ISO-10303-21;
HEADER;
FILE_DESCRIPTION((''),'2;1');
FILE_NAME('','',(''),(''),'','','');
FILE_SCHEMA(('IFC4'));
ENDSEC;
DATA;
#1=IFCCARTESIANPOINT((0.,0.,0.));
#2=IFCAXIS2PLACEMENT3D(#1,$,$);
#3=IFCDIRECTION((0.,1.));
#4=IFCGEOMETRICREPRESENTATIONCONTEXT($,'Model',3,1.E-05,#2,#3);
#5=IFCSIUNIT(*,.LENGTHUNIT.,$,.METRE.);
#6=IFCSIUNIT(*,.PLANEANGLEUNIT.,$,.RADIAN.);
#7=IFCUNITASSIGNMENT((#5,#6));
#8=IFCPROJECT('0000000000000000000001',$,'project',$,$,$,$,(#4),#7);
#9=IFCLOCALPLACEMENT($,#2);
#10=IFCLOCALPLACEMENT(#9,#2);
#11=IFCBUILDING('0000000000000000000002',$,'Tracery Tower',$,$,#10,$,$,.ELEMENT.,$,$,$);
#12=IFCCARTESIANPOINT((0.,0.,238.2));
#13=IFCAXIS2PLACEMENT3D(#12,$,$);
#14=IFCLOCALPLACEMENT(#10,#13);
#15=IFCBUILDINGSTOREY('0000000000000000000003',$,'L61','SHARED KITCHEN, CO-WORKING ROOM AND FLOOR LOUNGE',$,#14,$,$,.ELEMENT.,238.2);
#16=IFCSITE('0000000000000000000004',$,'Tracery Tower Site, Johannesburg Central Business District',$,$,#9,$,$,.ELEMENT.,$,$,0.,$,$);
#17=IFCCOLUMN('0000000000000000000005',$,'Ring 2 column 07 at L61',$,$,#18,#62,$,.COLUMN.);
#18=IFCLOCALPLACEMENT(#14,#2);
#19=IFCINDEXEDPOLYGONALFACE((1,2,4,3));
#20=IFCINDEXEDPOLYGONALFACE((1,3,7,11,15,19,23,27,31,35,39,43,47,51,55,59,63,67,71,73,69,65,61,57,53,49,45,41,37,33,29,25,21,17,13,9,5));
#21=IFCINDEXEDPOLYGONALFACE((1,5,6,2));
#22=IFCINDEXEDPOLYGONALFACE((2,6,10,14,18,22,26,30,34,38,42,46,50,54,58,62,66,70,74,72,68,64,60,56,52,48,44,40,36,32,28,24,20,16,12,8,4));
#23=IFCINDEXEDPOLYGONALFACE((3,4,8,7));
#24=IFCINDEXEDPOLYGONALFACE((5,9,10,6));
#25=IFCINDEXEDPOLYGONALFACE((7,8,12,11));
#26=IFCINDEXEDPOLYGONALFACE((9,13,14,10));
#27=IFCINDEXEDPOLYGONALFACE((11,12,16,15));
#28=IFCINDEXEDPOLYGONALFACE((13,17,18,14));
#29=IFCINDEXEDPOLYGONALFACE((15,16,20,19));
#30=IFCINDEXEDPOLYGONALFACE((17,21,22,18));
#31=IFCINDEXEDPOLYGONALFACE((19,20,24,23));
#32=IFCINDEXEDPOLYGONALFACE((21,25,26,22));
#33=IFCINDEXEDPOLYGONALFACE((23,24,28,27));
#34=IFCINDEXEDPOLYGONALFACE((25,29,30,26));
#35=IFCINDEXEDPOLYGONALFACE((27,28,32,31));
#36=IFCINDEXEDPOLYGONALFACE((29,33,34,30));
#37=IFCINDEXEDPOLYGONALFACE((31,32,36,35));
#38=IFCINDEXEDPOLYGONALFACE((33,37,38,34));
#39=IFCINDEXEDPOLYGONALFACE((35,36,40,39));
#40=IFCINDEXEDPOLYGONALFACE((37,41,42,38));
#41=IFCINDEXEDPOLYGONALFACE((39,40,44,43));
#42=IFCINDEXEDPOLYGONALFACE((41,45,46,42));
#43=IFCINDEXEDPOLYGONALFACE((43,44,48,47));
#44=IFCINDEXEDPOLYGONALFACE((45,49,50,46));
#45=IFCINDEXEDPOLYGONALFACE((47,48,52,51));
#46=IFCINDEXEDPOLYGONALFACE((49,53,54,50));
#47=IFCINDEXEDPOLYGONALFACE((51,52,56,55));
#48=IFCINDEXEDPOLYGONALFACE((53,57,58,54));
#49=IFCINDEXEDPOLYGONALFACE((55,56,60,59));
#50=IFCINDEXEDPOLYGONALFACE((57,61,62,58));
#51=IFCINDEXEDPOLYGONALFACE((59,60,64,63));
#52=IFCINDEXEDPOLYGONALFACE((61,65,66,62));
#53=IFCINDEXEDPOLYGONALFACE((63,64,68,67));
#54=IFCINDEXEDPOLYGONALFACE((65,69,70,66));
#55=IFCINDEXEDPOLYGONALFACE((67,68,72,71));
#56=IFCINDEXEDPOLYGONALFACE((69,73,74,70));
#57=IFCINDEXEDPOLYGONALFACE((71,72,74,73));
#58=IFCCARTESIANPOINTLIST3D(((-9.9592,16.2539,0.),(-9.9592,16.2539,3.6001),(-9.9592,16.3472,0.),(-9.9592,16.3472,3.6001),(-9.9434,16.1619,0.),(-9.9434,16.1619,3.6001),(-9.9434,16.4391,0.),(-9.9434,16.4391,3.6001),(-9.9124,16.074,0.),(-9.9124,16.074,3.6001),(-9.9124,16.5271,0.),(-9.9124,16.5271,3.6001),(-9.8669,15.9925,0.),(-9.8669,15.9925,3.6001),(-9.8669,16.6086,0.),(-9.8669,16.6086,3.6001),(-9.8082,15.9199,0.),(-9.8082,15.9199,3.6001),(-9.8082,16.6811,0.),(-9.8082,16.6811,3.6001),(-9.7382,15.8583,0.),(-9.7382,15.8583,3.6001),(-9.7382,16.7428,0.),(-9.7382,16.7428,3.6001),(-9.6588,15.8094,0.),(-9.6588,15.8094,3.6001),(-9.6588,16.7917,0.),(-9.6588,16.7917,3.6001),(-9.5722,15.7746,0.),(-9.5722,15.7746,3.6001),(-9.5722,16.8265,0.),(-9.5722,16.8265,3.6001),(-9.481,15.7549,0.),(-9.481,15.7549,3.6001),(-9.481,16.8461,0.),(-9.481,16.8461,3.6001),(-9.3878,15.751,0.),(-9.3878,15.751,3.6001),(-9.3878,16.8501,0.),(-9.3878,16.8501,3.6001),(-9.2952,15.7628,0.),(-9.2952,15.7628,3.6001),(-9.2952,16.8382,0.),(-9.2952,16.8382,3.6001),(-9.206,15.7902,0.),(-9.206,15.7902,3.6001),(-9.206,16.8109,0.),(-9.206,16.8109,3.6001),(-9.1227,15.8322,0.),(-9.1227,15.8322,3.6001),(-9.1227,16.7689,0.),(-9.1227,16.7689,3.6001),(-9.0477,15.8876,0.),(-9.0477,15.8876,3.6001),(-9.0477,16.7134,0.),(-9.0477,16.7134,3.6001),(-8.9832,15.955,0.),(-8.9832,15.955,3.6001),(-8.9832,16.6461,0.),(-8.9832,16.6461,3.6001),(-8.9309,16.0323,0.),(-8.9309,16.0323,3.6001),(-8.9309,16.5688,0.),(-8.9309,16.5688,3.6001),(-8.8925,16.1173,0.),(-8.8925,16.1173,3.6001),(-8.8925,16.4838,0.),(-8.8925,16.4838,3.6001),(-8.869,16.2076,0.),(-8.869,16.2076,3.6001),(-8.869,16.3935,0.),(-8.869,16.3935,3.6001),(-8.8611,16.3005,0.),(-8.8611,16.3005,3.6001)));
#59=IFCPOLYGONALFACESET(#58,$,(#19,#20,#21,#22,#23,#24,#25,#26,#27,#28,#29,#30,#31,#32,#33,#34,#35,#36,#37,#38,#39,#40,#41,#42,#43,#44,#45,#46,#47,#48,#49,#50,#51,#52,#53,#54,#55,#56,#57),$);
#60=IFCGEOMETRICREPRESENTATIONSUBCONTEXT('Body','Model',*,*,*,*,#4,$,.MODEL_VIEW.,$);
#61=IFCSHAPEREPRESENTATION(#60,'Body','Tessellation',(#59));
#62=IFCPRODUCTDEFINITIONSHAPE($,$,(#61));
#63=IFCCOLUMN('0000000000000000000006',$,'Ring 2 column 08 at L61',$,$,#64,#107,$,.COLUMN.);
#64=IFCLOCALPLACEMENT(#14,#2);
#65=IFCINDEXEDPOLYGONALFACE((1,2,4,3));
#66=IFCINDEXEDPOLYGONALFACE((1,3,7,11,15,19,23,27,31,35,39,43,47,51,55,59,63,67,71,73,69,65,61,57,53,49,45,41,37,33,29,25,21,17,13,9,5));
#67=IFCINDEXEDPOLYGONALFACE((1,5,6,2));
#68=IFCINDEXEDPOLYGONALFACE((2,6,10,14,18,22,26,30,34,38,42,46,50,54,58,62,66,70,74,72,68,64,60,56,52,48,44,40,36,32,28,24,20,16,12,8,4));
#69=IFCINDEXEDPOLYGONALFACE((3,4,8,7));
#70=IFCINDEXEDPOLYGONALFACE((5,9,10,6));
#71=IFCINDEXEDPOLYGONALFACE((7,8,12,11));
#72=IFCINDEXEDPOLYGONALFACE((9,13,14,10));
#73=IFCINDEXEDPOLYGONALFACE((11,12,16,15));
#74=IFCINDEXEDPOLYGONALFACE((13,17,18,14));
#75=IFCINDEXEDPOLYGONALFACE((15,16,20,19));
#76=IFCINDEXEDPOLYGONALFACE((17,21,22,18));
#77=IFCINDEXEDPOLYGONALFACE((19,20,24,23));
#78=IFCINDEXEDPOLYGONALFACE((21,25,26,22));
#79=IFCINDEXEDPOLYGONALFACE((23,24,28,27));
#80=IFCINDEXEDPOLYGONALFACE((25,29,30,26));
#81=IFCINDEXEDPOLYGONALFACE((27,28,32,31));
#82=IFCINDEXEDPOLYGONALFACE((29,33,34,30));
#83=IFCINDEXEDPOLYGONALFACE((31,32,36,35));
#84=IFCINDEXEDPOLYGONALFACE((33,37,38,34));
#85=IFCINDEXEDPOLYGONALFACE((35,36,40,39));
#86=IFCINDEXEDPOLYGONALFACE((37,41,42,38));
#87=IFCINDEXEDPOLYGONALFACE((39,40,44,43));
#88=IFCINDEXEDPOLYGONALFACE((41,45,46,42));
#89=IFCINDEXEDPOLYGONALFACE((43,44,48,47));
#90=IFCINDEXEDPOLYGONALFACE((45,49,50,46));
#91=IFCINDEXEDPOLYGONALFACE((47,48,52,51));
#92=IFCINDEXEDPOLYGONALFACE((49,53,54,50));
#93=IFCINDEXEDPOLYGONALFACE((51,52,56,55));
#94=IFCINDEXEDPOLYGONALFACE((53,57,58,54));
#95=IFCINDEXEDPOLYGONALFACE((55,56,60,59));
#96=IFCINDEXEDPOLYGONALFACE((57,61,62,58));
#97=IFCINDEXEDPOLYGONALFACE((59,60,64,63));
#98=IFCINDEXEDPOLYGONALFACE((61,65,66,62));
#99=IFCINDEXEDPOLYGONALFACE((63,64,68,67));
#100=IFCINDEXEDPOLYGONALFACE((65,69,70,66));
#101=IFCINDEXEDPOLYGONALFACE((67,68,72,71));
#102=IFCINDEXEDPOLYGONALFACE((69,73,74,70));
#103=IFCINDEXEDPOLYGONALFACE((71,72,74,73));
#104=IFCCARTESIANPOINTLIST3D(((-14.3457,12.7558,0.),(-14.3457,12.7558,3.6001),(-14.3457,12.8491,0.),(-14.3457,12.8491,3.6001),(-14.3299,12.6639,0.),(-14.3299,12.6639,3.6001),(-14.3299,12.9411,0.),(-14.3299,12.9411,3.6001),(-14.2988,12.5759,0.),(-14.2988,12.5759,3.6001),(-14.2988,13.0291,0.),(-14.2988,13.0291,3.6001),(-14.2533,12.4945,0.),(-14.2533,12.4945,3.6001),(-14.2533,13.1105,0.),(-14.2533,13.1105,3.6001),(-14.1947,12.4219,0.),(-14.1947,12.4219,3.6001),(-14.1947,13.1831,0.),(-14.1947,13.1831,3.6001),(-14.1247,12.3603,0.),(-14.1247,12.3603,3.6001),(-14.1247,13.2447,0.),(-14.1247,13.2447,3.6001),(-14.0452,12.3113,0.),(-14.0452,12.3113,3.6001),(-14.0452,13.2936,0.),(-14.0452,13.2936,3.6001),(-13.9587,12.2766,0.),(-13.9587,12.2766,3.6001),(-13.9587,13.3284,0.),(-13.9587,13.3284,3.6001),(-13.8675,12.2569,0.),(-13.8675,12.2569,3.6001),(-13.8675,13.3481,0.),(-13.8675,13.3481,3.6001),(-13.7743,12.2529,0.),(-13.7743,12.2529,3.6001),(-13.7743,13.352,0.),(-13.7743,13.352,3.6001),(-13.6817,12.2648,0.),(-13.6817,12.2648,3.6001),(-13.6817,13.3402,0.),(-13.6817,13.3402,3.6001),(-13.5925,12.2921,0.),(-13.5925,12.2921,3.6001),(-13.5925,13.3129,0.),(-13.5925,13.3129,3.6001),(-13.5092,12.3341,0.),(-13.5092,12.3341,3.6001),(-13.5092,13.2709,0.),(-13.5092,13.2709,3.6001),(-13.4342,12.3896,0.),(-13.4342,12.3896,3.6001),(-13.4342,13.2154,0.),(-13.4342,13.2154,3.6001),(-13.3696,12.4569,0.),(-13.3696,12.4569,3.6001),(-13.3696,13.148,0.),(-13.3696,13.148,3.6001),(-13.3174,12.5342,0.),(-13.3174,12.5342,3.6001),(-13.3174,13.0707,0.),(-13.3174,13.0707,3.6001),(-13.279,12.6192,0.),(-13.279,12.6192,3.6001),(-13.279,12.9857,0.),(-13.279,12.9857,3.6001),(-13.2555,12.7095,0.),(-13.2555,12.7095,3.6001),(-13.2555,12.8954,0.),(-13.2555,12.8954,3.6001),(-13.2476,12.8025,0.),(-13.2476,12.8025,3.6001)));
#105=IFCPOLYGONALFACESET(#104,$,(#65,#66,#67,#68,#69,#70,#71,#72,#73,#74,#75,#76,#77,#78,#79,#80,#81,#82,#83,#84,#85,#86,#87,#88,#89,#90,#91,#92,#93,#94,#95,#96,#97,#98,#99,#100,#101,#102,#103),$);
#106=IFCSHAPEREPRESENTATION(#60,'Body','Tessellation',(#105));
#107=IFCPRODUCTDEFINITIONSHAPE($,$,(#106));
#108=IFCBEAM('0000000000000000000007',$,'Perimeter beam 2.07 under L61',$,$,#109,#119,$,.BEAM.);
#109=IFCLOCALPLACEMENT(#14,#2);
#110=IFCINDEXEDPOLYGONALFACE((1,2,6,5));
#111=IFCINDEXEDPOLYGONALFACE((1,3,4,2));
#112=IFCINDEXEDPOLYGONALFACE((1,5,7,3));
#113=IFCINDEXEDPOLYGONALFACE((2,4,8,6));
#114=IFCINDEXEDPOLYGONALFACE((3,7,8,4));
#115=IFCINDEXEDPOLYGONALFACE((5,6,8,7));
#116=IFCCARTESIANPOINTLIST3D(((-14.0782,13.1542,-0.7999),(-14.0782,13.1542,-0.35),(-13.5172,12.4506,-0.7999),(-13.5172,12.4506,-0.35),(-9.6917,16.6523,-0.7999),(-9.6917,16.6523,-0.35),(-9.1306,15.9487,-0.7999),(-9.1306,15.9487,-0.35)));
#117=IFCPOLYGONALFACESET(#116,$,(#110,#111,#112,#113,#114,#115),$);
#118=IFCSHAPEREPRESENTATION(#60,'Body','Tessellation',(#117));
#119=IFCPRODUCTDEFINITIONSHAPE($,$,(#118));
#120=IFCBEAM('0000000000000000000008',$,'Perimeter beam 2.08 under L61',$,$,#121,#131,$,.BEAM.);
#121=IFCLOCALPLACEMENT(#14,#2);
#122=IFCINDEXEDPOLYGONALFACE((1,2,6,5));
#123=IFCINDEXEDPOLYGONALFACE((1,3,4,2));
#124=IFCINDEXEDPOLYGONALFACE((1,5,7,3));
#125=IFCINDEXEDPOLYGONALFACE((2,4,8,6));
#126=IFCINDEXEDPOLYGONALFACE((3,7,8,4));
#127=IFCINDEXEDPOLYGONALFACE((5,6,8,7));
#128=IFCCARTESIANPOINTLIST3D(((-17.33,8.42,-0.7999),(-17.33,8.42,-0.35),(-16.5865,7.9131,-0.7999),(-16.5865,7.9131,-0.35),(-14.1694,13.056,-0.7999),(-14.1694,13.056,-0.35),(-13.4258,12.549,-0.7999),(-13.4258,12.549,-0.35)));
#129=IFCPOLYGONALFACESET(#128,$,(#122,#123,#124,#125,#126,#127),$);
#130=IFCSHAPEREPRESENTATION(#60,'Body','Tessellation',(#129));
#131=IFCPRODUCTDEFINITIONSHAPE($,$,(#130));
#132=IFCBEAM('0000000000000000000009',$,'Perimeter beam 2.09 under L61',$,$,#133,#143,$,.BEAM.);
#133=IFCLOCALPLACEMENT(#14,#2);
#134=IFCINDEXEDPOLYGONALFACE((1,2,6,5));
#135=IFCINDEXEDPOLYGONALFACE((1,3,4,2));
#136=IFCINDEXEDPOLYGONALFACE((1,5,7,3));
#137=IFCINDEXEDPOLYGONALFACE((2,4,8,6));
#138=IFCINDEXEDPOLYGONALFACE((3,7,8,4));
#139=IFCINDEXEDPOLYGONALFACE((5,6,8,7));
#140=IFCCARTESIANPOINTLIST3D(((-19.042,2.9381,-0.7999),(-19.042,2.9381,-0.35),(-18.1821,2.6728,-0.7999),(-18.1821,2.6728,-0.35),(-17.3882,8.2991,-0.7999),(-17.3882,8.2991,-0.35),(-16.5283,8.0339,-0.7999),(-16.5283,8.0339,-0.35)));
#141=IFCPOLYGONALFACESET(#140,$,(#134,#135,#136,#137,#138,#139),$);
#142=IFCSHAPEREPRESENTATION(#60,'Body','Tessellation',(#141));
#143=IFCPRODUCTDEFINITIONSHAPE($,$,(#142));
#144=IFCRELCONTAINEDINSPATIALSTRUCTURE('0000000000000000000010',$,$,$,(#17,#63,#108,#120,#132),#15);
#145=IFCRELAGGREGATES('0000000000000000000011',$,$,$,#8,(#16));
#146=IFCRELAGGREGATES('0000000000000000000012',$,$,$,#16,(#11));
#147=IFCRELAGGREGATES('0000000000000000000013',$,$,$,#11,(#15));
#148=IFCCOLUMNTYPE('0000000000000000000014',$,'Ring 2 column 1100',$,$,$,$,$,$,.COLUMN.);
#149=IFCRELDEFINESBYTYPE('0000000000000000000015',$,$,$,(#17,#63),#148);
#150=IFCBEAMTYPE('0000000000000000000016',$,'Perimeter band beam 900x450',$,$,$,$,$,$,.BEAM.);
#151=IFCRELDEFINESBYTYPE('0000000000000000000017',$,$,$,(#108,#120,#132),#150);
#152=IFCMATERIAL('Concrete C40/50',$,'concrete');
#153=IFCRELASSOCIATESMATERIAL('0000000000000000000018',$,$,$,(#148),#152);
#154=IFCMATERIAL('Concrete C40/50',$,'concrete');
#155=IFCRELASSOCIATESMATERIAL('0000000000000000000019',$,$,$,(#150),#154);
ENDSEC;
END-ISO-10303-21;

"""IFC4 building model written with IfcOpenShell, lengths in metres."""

from ifc_helpers import new_model, si_unit, direction, frame, origin, origin_2d, place, context, subcontext, project, spatial, rectangle, circle, extrude, material, material_profile, profile_set, type_object, element, save


model = new_model("IFC4")

# Units and contexts
model_context = context("Model", 3, precision=1e-05, world=origin(), true_north=direction((0.0, 1.0)))
body_context = subcontext(model_context, "Body", "Model", "MODEL_VIEW")
ifc_project = project(units=[si_unit("LENGTHUNIT", "METRE"), si_unit("PLANEANGLEUNIT", "RADIAN")], contexts=[model_context])

# Site, building, storey
site_placement = place(None, origin())
site = spatial("IfcSite", under=ifc_project, at=site_placement, Name="Tracery Tower Site, Johannesburg Central Business District", CompositionType="ELEMENT", RefElevation=0.0)
building_placement = place(site_placement, origin())
building = spatial("IfcBuilding", under=site, at=building_placement, Name="Tracery Tower", CompositionType="ELEMENT")
storey_placement = place(building_placement, frame((0.0, 0.0, 238.2)))
storey = spatial("IfcBuildingStorey", under=building, at=storey_placement, Name="L61", Description="SHARED KITCHEN, CO-WORKING ROOM AND FLOOR LOUNGE", CompositionType="ELEMENT", Elevation=238.2)

# Columns
ifc_material_1 = material(Name="Concrete C40/50", Category="concrete")
ifc_material_profile_1 = material_profile(ifc_material_1, circle(Radius=0.55, at=origin_2d()), Name="RC D1100")
ifc_profile_set_1 = profile_set([ifc_material_profile_1], Name="Concrete C40/50")
column_type = type_object("IfcColumnType", Name="Ring 2 column 1100", PredefinedType="COLUMN", material=ifc_profile_set_1)
for number, where, z_axis, x_axis, name in (
    (1, (-9.4111, 16.3005, 0.0), (0.0, 0.0, 1.0), (1.0, 0.0, 0.0), "Ring 2 column 07 at L61"),
    (2, (-13.7976, 12.8025, 0.0), (0.0, 0.0, 1.0), (1.0, 0.0, 0.0), "Ring 2 column 08 at L61"),
):
    element("IfcColumn", number, at=place(storey_placement, frame(where, z_axis=z_axis, x_axis=x_axis)), inside=storey, type_object=column_type, Name=name, PredefinedType="COLUMN", context=body_context, shape_type="SweptSolid", body=[
        extrude(circle(Radius=0.55, at=origin_2d()), origin(), (0.0, 0.0, 1.0), 3.6001),
    ])

# Beams
ifc_material_2 = material(Name="Concrete C40/50", Category="concrete")
ifc_material_profile_2 = material_profile(ifc_material_2, rectangle(XDim=0.8999, YDim=0.45, at=origin_2d()), Name="RC 900x450")
ifc_profile_set_2 = profile_set([ifc_material_profile_2], Name="Concrete C40/50")
beam_type = type_object("IfcBeamType", Name="Perimeter band beam 900x450", PredefinedType="BEAM", material=ifc_profile_set_2)
beam_1_placement = place(storey_placement, frame((-9.4111, 16.3005, -0.575), z_axis=(-0.781836, -0.623484, 0.0), x_axis=(0.623484, -0.781836, 0.0)))
element("IfcBeam", 3, at=beam_1_placement, inside=storey, type_object=beam_type, Name="Perimeter beam 2.07 under L61", PredefinedType="BEAM", context=body_context, shape_type="SweptSolid", body=[
    extrude(rectangle(XDim=0.8999, YDim=0.45, at=origin_2d()), origin(), (0.0, 0.0, 1.0), 5.6106),
])
beam_2_placement = place(storey_placement, frame((-13.7976, 12.8025, -0.575), z_axis=(-0.563306, -0.826249, 0.0), x_axis=(0.826249, -0.563306, 0.0)))
element("IfcBeam", 4, at=beam_2_placement, inside=storey, type_object=beam_type, Name="Perimeter beam 2.08 under L61", PredefinedType="BEAM", context=body_context, shape_type="SweptSolid", body=[
    extrude(rectangle(XDim=0.8999, YDim=0.45, at=origin_2d()), origin(), (0.0, 0.0, 1.0), 5.6108),
])
beam_3_placement = place(storey_placement, frame((-16.9583, 8.1665, -0.575), z_axis=(-0.294777, -0.955566, 0.0), x_axis=(0.955566, -0.294777, 0.0)))
element("IfcBeam", 5, at=beam_3_placement, inside=storey, type_object=beam_type, Name="Perimeter beam 2.09 under L61", PredefinedType="BEAM", context=body_context, shape_type="SweptSolid", body=[
    extrude(rectangle(XDim=0.8999, YDim=0.45, at=origin_2d()), origin(), (0.0, 0.0, 1.0), 5.6104),
])

save(model, "model.ifc")
